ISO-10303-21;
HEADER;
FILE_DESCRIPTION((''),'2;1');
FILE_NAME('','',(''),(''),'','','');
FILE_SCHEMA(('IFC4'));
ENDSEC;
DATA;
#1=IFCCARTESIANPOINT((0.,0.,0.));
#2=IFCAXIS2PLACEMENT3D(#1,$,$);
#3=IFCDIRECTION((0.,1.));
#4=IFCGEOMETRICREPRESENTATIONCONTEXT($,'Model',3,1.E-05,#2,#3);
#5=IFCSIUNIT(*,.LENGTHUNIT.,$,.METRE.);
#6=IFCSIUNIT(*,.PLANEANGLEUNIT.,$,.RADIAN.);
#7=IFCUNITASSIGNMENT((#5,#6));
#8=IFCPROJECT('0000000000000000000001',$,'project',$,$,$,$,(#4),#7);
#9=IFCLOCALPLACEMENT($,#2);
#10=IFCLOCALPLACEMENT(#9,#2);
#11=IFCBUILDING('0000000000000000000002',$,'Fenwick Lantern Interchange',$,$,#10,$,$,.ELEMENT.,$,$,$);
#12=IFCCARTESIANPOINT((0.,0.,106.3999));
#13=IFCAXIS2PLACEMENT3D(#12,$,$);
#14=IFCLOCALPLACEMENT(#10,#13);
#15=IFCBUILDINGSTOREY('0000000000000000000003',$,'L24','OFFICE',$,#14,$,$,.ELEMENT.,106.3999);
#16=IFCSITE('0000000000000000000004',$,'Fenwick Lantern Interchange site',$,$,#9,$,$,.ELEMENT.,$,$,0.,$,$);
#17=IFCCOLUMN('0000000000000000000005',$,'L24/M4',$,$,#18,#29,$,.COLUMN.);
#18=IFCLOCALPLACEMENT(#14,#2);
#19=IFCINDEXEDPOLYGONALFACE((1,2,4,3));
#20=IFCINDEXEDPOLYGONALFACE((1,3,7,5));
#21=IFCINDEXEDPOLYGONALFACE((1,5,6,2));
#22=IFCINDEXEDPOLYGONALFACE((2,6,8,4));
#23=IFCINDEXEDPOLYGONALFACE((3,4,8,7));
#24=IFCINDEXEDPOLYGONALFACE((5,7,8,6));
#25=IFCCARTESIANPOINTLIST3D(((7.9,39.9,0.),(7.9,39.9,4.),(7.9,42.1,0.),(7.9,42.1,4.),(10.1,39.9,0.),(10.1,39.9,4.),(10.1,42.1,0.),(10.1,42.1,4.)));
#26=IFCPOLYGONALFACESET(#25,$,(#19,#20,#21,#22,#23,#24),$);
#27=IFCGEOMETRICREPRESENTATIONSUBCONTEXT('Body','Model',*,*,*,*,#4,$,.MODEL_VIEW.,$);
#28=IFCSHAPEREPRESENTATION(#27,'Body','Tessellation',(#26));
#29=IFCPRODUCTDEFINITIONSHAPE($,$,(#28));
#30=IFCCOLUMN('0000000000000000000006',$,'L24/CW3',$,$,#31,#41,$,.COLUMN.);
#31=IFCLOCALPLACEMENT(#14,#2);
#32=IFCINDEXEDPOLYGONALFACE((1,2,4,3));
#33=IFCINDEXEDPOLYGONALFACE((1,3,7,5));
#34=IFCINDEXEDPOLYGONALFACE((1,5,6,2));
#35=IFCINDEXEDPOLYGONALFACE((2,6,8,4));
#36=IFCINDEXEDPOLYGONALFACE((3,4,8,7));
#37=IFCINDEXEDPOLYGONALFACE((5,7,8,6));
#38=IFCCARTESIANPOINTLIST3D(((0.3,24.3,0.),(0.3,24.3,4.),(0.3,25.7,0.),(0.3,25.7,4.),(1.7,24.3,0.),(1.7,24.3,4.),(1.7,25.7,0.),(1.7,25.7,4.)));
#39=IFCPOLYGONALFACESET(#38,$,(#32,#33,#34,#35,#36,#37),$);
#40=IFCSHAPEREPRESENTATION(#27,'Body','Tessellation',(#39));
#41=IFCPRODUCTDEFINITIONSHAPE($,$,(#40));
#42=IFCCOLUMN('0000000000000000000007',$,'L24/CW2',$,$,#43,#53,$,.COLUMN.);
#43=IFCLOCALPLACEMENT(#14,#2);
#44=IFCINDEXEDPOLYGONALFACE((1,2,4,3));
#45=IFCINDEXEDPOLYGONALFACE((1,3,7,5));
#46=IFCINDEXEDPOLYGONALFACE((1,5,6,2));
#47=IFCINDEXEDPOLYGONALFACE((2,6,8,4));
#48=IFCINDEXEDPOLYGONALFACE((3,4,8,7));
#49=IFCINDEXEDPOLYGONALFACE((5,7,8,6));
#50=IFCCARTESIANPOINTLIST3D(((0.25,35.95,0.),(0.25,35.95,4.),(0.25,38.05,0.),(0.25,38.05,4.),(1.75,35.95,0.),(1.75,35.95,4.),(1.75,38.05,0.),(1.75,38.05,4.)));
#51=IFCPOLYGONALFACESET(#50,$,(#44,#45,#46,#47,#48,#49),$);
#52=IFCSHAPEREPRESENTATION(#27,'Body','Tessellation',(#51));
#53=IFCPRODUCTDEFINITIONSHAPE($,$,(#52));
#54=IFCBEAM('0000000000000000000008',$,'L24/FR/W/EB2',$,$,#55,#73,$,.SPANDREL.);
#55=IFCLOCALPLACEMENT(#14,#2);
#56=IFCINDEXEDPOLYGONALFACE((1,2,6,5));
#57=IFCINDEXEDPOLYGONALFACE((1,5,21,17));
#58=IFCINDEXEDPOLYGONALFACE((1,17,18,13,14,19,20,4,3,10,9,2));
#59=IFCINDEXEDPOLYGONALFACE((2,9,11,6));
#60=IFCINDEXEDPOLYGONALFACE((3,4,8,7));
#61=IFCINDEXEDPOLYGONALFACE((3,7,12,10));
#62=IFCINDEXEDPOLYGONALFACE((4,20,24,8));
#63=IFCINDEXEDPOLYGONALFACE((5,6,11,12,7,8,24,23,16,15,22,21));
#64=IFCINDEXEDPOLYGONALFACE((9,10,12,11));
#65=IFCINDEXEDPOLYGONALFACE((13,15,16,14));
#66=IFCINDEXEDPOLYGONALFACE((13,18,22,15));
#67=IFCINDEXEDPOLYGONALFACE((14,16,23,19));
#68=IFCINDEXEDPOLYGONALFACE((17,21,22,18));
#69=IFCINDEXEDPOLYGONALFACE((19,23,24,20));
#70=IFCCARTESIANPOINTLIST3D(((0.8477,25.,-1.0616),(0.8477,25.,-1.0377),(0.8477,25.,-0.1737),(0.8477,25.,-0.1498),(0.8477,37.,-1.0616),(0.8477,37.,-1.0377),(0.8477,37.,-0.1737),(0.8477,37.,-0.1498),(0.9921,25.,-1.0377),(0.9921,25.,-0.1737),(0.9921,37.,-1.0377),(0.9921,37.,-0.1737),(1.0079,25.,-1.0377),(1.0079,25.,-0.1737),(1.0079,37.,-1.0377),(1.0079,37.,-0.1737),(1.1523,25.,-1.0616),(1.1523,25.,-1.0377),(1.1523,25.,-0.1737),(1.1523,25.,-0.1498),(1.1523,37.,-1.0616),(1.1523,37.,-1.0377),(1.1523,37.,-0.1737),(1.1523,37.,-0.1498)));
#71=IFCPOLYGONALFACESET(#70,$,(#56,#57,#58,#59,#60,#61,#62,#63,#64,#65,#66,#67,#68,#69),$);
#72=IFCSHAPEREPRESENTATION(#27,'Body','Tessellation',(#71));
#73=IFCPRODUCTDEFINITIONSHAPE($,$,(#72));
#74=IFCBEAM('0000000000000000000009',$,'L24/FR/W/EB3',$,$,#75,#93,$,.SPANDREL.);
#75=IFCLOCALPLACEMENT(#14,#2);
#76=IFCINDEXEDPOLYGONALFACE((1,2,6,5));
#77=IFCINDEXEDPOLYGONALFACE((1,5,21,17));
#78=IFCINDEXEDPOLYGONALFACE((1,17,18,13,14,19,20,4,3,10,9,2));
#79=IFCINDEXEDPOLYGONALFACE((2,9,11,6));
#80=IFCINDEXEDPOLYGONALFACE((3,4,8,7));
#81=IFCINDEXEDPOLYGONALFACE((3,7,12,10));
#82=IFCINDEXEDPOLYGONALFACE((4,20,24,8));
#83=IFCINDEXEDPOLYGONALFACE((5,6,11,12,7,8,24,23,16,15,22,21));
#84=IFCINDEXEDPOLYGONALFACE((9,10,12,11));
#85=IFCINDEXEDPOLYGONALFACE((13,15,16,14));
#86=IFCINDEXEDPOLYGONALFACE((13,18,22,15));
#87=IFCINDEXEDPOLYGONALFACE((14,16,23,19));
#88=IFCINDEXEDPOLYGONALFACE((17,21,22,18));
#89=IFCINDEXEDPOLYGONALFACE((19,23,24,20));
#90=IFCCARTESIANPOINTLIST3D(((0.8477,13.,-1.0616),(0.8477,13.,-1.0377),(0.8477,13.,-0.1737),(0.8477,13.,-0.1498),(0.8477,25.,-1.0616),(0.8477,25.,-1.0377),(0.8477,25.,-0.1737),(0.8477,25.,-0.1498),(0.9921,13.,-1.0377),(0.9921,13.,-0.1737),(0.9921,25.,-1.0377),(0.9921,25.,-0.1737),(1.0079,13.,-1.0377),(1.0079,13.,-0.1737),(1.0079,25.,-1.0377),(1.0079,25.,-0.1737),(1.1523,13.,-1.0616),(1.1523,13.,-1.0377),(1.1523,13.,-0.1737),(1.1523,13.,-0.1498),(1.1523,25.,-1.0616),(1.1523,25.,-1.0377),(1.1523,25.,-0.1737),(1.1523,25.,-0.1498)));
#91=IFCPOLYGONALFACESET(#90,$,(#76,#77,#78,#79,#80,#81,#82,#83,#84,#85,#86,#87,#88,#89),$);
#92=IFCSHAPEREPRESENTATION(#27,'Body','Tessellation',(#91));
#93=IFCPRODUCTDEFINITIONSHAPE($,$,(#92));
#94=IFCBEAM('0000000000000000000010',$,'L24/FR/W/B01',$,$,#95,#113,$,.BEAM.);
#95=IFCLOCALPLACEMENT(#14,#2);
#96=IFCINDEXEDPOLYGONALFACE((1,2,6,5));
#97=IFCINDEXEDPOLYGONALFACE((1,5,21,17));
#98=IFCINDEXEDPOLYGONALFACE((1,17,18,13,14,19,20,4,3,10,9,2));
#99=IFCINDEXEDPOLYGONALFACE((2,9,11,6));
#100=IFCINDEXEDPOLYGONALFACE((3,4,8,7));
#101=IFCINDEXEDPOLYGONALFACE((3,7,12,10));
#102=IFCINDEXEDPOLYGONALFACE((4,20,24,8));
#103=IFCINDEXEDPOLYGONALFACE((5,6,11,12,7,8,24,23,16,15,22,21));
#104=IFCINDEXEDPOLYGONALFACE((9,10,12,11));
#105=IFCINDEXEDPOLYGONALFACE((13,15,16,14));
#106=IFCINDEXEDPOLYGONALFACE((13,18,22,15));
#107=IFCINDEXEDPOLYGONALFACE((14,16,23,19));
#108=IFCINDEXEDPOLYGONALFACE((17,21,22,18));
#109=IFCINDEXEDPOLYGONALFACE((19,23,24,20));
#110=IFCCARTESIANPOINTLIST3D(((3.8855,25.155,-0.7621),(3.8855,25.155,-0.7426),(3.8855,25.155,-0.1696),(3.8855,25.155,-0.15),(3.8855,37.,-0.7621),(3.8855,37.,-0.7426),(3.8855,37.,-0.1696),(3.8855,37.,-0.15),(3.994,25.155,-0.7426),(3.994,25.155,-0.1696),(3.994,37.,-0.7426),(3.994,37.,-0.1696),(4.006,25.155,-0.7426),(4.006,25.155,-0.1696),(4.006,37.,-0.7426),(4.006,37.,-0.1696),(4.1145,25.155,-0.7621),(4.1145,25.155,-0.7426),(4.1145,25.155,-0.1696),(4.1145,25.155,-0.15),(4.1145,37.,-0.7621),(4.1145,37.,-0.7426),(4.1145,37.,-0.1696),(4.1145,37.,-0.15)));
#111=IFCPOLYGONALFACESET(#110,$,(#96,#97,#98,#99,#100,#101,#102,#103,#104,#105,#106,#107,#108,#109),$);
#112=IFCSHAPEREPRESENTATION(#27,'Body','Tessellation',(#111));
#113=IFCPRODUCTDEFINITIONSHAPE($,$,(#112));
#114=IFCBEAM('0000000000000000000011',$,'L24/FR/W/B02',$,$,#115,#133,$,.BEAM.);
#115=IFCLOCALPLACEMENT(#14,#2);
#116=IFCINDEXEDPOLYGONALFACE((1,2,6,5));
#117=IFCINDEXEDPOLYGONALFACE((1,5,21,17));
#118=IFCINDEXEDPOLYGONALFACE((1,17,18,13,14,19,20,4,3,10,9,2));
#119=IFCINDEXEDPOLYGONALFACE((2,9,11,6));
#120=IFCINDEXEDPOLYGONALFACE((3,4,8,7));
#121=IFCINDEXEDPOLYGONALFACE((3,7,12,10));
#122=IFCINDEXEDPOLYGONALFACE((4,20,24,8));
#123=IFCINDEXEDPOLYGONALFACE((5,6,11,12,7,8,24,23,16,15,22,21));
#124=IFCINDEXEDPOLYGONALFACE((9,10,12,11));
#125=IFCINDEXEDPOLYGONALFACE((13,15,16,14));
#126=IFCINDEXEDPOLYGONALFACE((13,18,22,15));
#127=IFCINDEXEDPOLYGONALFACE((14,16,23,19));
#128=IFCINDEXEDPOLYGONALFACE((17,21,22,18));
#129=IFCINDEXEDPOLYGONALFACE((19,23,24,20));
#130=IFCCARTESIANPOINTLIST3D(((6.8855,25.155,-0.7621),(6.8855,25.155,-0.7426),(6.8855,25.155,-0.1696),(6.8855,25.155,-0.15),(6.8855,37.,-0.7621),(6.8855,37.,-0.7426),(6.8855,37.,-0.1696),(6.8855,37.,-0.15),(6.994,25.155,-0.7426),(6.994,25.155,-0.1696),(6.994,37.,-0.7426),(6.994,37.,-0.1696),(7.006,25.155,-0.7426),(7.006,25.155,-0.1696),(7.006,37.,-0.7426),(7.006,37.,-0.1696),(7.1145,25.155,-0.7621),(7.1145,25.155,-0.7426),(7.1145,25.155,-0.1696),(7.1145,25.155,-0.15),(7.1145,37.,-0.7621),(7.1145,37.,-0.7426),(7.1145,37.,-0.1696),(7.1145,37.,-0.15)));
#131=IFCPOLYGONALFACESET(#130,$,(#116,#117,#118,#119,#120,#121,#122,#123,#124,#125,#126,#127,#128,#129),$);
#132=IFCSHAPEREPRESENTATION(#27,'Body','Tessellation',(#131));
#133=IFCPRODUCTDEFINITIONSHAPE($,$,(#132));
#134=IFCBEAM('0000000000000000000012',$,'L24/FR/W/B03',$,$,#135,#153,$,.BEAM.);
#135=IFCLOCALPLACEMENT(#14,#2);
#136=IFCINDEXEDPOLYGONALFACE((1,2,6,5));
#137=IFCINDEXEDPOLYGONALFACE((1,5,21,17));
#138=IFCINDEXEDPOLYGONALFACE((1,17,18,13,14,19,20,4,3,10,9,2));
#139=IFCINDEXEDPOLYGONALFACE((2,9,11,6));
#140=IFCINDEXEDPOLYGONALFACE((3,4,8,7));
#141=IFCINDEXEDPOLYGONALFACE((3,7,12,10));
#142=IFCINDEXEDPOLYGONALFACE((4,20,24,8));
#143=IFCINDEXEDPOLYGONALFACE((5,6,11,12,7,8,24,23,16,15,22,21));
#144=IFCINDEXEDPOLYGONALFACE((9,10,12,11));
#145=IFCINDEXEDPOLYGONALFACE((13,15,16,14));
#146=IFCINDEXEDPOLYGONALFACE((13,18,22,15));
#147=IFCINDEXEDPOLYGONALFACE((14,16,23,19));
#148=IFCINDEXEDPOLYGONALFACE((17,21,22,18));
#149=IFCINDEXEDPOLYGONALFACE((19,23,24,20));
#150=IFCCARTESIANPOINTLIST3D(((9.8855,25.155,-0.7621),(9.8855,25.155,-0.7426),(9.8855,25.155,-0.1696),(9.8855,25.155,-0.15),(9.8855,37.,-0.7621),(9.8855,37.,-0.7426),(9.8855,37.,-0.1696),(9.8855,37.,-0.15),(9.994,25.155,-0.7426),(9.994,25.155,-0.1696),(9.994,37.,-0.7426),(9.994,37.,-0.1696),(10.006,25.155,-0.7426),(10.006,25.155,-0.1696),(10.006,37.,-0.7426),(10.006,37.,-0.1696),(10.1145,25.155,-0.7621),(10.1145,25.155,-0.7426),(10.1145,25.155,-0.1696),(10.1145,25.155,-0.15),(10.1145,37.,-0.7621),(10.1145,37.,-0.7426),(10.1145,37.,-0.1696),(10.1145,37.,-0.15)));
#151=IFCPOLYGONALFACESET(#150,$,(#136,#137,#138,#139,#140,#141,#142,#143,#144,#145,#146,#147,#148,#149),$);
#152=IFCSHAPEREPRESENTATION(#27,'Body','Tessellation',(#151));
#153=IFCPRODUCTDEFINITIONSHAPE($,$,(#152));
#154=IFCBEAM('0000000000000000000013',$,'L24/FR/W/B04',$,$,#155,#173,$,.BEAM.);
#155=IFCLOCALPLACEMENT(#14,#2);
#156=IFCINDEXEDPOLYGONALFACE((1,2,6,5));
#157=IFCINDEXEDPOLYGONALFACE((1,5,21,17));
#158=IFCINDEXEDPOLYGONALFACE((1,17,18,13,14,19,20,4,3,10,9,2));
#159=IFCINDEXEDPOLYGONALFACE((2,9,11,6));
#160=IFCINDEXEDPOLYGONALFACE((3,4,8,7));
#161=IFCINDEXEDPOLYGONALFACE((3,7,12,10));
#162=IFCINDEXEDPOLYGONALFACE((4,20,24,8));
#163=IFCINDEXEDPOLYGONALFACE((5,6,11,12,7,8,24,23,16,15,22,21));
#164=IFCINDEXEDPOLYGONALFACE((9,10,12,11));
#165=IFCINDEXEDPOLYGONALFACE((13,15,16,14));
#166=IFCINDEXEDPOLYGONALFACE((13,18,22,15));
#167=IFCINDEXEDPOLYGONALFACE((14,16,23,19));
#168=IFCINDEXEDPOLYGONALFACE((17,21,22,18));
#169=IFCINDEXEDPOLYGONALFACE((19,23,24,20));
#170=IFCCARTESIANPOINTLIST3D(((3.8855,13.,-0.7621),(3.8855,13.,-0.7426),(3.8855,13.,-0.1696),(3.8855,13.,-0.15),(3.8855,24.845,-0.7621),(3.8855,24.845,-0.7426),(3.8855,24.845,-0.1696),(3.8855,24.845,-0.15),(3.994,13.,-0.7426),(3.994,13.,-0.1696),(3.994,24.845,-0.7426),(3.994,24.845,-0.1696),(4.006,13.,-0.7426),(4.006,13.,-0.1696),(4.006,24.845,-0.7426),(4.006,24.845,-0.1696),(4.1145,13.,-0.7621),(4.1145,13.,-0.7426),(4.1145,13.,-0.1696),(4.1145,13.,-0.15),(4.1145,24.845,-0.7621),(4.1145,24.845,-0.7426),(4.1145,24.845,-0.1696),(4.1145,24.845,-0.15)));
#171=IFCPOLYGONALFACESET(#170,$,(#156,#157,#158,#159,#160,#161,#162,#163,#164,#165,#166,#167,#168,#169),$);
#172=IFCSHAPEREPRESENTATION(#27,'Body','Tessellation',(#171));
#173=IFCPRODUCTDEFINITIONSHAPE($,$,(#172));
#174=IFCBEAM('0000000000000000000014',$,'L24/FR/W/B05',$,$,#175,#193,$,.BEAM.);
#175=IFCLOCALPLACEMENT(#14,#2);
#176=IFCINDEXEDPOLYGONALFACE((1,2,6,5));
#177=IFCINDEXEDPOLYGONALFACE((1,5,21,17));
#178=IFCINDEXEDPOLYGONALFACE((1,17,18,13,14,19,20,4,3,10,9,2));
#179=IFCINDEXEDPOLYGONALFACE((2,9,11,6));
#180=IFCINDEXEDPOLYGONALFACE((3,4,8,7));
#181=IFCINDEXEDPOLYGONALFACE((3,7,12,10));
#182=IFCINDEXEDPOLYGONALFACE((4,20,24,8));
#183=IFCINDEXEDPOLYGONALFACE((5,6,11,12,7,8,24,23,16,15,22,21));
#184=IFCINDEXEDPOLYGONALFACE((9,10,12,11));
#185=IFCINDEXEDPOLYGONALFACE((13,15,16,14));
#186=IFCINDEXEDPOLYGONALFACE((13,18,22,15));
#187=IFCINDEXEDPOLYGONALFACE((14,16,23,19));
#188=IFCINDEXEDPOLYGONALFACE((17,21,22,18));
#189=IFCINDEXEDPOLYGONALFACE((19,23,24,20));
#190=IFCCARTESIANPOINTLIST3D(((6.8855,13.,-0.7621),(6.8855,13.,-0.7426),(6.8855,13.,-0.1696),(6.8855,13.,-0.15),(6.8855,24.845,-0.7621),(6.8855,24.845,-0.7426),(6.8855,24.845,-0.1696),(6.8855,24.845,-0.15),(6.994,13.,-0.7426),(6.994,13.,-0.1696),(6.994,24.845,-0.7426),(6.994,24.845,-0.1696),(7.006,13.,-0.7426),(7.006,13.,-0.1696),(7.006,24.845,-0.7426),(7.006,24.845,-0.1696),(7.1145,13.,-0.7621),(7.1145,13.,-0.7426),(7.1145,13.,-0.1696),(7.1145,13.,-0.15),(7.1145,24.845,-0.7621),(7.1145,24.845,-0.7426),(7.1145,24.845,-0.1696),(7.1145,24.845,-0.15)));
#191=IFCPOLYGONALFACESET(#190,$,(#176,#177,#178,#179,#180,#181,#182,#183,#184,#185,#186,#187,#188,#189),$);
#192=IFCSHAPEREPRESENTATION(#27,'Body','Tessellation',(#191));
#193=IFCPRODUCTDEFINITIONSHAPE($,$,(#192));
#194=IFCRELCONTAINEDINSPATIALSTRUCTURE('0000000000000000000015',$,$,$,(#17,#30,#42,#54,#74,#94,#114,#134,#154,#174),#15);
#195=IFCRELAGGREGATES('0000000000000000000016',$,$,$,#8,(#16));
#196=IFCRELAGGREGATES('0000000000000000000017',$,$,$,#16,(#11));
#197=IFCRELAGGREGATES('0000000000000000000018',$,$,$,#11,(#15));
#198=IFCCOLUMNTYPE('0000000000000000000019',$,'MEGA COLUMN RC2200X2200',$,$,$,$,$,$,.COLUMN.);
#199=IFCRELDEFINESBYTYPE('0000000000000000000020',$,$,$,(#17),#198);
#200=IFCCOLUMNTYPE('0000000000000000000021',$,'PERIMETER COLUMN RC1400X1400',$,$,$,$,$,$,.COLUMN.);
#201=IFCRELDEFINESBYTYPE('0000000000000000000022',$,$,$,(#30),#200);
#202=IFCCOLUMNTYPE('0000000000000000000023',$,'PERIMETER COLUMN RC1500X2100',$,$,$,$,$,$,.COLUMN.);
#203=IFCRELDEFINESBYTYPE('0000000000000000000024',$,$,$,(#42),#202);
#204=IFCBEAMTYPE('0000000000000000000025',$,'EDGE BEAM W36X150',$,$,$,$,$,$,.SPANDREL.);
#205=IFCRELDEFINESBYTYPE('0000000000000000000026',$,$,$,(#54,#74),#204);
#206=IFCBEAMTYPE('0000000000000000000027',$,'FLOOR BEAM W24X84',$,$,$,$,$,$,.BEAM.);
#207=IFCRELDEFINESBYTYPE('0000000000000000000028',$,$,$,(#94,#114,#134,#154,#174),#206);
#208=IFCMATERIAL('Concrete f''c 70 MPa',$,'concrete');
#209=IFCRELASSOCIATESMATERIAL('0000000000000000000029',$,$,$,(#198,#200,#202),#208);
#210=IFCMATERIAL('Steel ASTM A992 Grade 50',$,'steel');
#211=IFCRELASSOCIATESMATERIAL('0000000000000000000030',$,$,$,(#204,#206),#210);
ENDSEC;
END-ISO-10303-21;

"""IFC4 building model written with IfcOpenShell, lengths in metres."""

from ifc_helpers import new_model, si_unit, direction, frame, origin, origin_2d, place, context, subcontext, project, spatial, rectangle, i_section, extrude, material, material_profile, profile_set, type_object, element, save


model = new_model("IFC4")

# Units and contexts
model_context = context("Model", 3, precision=1e-05, world=origin(), true_north=direction((0.0, 1.0)))
body_context = subcontext(model_context, "Body", "Model", "MODEL_VIEW")
ifc_project = project(units=[si_unit("LENGTHUNIT", "METRE"), si_unit("PLANEANGLEUNIT", "RADIAN")], contexts=[model_context])

# Site, building, storey
site_placement = place(None, origin())
site = spatial("IfcSite", under=ifc_project, at=site_placement, Name="Fenwick Lantern Interchange site", CompositionType="ELEMENT", RefElevation=0.0)
building_placement = place(site_placement, origin())
building = spatial("IfcBuilding", under=site, at=building_placement, Name="Fenwick Lantern Interchange", CompositionType="ELEMENT")
storey_placement = place(building_placement, frame((0.0, 0.0, 106.3999)))
storey = spatial("IfcBuildingStorey", under=building, at=storey_placement, Name="L24", Description="OFFICE", CompositionType="ELEMENT", Elevation=106.3999)

# Columns
ifc_material_1 = material(Name="Concrete f'c 70 MPa", Category="concrete")
ifc_material_profile_1 = material_profile(ifc_material_1, rectangle(XDim=2.2, YDim=2.2, at=origin_2d()), Name="RC2200X2200")
ifc_profile_set_1 = profile_set([ifc_material_profile_1], Name="Concrete f'c 70 MPa")
column_type_1 = type_object("IfcColumnType", Name="MEGA COLUMN RC2200X2200", PredefinedType="COLUMN", material=ifc_profile_set_1)
column_1_placement = place(storey_placement, frame((9.0, 41.0, 0.0), z_axis=(0.0, 0.0, 1.0), x_axis=(1.0, 0.0, 0.0)))
element("IfcColumn", 1, at=column_1_placement, inside=storey, type_object=column_type_1, Name="L24/M4", PredefinedType="COLUMN", context=body_context, shape_type="SweptSolid", body=[
    extrude(rectangle(XDim=2.2, YDim=2.2, at=origin_2d()), origin(), (0.0, 0.0, 1.0), 4.0),
])
ifc_material_profile_2 = material_profile(ifc_material_1, rectangle(XDim=1.3999, YDim=1.3999, at=origin_2d()), Name="RC1400X1400")
ifc_profile_set_2 = profile_set([ifc_material_profile_2], Name="Concrete f'c 70 MPa")
column_type_2 = type_object("IfcColumnType", Name="PERIMETER COLUMN RC1400X1400", PredefinedType="COLUMN", material=ifc_profile_set_2)
column_2_placement = place(storey_placement, frame((1.0, 25.0, 0.0), z_axis=(0.0, 0.0, 1.0), x_axis=(1.0, 0.0, 0.0)))
element("IfcColumn", 2, at=column_2_placement, inside=storey, type_object=column_type_2, Name="L24/CW3", PredefinedType="COLUMN", context=body_context, shape_type="SweptSolid", body=[
    extrude(rectangle(XDim=1.3999, YDim=1.3999, at=origin_2d()), origin(), (0.0, 0.0, 1.0), 4.0),
])
ifc_material_profile_3 = material_profile(ifc_material_1, rectangle(XDim=1.5, YDim=2.1001, at=origin_2d()), Name="RC1500X2100")
ifc_profile_set_3 = profile_set([ifc_material_profile_3], Name="Concrete f'c 70 MPa")
column_type_3 = type_object("IfcColumnType", Name="PERIMETER COLUMN RC1500X2100", PredefinedType="COLUMN", material=ifc_profile_set_3)
column_3_placement = place(storey_placement, frame((1.0, 37.0, 0.0), z_axis=(0.0, 0.0, 1.0), x_axis=(1.0, 0.0, 0.0)))
element("IfcColumn", 3, at=column_3_placement, inside=storey, type_object=column_type_3, Name="L24/CW2", PredefinedType="COLUMN", context=body_context, shape_type="SweptSolid", body=[
    extrude(rectangle(XDim=1.5, YDim=2.1001, at=origin_2d()), origin(), (0.0, 0.0, 1.0), 4.0),
])

# Beams
ifc_material_2 = material(Name="Steel ASTM A992 Grade 50", Category="steel")
ifc_material_profile_4 = material_profile(ifc_material_2, i_section(OverallWidth=0.3047, OverallDepth=0.9119, WebThickness=0.0159, FlangeThickness=0.0239, at=origin_2d()), Name="W36X150")
ifc_profile_set_4 = profile_set([ifc_material_profile_4], Name="Steel ASTM A992 Grade 50")
beam_type_1 = type_object("IfcBeamType", Name="EDGE BEAM W36X150", PredefinedType="SPANDREL", material=ifc_profile_set_4)
for number, where, z_axis, x_axis, name in (
    (4, (1.0, 37.0, -0.6057), (0.0, -1.0, 0.0), (1.0, 0.0, 0.0), "L24/FR/W/EB2"),
    (5, (1.0, 25.0, -0.6057), (0.0, -1.0, 0.0), (1.0, 0.0, 0.0), "L24/FR/W/EB3"),
):
    element("IfcBeam", number, at=place(storey_placement, frame(where, z_axis=z_axis, x_axis=x_axis)), inside=storey, type_object=beam_type_1, Name=name, PredefinedType="SPANDREL", context=body_context, shape_type="SweptSolid", body=[
        extrude(i_section(OverallWidth=0.3047, OverallDepth=0.9119, WebThickness=0.0159, FlangeThickness=0.0239, at=origin_2d()), origin(), (0.0, 0.0, 1.0), 12.0),
    ])
ifc_material_profile_5 = material_profile(ifc_material_2, i_section(OverallWidth=0.229, OverallDepth=0.6121, WebThickness=0.012, FlangeThickness=0.0195, at=origin_2d()), Name="W24X84")
ifc_profile_set_5 = profile_set([ifc_material_profile_5], Name="Steel ASTM A992 Grade 50")
beam_type_2 = type_object("IfcBeamType", Name="FLOOR BEAM W24X84", PredefinedType="BEAM", material=ifc_profile_set_5)
for number, where, z_axis, x_axis, name in (
    (6, (4.0, 37.0, -0.4561), (0.0, -1.0, 0.0), (1.0, 0.0, 0.0), "L24/FR/W/B01"),
    (7, (7.0, 37.0, -0.4561), (0.0, -1.0, 0.0), (1.0, 0.0, 0.0), "L24/FR/W/B02"),
    (8, (10.0, 37.0, -0.4561), (0.0, -1.0, 0.0), (1.0, 0.0, 0.0), "L24/FR/W/B03"),
    (9, (4.0, 24.845, -0.4561), (0.0, -1.0, 0.0), (1.0, 0.0, 0.0), "L24/FR/W/B04"),
    (10, (7.0, 24.845, -0.4561), (0.0, -1.0, 0.0), (1.0, 0.0, 0.0), "L24/FR/W/B05"),
):
    element("IfcBeam", number, at=place(storey_placement, frame(where, z_axis=z_axis, x_axis=x_axis)), inside=storey, type_object=beam_type_2, Name=name, PredefinedType="BEAM", context=body_context, shape_type="SweptSolid", body=[
        extrude(i_section(OverallWidth=0.229, OverallDepth=0.6121, WebThickness=0.012, FlangeThickness=0.0195, at=origin_2d()), origin(), (0.0, 0.0, 1.0), 11.845),
    ])

save(model, "model.ifc")
